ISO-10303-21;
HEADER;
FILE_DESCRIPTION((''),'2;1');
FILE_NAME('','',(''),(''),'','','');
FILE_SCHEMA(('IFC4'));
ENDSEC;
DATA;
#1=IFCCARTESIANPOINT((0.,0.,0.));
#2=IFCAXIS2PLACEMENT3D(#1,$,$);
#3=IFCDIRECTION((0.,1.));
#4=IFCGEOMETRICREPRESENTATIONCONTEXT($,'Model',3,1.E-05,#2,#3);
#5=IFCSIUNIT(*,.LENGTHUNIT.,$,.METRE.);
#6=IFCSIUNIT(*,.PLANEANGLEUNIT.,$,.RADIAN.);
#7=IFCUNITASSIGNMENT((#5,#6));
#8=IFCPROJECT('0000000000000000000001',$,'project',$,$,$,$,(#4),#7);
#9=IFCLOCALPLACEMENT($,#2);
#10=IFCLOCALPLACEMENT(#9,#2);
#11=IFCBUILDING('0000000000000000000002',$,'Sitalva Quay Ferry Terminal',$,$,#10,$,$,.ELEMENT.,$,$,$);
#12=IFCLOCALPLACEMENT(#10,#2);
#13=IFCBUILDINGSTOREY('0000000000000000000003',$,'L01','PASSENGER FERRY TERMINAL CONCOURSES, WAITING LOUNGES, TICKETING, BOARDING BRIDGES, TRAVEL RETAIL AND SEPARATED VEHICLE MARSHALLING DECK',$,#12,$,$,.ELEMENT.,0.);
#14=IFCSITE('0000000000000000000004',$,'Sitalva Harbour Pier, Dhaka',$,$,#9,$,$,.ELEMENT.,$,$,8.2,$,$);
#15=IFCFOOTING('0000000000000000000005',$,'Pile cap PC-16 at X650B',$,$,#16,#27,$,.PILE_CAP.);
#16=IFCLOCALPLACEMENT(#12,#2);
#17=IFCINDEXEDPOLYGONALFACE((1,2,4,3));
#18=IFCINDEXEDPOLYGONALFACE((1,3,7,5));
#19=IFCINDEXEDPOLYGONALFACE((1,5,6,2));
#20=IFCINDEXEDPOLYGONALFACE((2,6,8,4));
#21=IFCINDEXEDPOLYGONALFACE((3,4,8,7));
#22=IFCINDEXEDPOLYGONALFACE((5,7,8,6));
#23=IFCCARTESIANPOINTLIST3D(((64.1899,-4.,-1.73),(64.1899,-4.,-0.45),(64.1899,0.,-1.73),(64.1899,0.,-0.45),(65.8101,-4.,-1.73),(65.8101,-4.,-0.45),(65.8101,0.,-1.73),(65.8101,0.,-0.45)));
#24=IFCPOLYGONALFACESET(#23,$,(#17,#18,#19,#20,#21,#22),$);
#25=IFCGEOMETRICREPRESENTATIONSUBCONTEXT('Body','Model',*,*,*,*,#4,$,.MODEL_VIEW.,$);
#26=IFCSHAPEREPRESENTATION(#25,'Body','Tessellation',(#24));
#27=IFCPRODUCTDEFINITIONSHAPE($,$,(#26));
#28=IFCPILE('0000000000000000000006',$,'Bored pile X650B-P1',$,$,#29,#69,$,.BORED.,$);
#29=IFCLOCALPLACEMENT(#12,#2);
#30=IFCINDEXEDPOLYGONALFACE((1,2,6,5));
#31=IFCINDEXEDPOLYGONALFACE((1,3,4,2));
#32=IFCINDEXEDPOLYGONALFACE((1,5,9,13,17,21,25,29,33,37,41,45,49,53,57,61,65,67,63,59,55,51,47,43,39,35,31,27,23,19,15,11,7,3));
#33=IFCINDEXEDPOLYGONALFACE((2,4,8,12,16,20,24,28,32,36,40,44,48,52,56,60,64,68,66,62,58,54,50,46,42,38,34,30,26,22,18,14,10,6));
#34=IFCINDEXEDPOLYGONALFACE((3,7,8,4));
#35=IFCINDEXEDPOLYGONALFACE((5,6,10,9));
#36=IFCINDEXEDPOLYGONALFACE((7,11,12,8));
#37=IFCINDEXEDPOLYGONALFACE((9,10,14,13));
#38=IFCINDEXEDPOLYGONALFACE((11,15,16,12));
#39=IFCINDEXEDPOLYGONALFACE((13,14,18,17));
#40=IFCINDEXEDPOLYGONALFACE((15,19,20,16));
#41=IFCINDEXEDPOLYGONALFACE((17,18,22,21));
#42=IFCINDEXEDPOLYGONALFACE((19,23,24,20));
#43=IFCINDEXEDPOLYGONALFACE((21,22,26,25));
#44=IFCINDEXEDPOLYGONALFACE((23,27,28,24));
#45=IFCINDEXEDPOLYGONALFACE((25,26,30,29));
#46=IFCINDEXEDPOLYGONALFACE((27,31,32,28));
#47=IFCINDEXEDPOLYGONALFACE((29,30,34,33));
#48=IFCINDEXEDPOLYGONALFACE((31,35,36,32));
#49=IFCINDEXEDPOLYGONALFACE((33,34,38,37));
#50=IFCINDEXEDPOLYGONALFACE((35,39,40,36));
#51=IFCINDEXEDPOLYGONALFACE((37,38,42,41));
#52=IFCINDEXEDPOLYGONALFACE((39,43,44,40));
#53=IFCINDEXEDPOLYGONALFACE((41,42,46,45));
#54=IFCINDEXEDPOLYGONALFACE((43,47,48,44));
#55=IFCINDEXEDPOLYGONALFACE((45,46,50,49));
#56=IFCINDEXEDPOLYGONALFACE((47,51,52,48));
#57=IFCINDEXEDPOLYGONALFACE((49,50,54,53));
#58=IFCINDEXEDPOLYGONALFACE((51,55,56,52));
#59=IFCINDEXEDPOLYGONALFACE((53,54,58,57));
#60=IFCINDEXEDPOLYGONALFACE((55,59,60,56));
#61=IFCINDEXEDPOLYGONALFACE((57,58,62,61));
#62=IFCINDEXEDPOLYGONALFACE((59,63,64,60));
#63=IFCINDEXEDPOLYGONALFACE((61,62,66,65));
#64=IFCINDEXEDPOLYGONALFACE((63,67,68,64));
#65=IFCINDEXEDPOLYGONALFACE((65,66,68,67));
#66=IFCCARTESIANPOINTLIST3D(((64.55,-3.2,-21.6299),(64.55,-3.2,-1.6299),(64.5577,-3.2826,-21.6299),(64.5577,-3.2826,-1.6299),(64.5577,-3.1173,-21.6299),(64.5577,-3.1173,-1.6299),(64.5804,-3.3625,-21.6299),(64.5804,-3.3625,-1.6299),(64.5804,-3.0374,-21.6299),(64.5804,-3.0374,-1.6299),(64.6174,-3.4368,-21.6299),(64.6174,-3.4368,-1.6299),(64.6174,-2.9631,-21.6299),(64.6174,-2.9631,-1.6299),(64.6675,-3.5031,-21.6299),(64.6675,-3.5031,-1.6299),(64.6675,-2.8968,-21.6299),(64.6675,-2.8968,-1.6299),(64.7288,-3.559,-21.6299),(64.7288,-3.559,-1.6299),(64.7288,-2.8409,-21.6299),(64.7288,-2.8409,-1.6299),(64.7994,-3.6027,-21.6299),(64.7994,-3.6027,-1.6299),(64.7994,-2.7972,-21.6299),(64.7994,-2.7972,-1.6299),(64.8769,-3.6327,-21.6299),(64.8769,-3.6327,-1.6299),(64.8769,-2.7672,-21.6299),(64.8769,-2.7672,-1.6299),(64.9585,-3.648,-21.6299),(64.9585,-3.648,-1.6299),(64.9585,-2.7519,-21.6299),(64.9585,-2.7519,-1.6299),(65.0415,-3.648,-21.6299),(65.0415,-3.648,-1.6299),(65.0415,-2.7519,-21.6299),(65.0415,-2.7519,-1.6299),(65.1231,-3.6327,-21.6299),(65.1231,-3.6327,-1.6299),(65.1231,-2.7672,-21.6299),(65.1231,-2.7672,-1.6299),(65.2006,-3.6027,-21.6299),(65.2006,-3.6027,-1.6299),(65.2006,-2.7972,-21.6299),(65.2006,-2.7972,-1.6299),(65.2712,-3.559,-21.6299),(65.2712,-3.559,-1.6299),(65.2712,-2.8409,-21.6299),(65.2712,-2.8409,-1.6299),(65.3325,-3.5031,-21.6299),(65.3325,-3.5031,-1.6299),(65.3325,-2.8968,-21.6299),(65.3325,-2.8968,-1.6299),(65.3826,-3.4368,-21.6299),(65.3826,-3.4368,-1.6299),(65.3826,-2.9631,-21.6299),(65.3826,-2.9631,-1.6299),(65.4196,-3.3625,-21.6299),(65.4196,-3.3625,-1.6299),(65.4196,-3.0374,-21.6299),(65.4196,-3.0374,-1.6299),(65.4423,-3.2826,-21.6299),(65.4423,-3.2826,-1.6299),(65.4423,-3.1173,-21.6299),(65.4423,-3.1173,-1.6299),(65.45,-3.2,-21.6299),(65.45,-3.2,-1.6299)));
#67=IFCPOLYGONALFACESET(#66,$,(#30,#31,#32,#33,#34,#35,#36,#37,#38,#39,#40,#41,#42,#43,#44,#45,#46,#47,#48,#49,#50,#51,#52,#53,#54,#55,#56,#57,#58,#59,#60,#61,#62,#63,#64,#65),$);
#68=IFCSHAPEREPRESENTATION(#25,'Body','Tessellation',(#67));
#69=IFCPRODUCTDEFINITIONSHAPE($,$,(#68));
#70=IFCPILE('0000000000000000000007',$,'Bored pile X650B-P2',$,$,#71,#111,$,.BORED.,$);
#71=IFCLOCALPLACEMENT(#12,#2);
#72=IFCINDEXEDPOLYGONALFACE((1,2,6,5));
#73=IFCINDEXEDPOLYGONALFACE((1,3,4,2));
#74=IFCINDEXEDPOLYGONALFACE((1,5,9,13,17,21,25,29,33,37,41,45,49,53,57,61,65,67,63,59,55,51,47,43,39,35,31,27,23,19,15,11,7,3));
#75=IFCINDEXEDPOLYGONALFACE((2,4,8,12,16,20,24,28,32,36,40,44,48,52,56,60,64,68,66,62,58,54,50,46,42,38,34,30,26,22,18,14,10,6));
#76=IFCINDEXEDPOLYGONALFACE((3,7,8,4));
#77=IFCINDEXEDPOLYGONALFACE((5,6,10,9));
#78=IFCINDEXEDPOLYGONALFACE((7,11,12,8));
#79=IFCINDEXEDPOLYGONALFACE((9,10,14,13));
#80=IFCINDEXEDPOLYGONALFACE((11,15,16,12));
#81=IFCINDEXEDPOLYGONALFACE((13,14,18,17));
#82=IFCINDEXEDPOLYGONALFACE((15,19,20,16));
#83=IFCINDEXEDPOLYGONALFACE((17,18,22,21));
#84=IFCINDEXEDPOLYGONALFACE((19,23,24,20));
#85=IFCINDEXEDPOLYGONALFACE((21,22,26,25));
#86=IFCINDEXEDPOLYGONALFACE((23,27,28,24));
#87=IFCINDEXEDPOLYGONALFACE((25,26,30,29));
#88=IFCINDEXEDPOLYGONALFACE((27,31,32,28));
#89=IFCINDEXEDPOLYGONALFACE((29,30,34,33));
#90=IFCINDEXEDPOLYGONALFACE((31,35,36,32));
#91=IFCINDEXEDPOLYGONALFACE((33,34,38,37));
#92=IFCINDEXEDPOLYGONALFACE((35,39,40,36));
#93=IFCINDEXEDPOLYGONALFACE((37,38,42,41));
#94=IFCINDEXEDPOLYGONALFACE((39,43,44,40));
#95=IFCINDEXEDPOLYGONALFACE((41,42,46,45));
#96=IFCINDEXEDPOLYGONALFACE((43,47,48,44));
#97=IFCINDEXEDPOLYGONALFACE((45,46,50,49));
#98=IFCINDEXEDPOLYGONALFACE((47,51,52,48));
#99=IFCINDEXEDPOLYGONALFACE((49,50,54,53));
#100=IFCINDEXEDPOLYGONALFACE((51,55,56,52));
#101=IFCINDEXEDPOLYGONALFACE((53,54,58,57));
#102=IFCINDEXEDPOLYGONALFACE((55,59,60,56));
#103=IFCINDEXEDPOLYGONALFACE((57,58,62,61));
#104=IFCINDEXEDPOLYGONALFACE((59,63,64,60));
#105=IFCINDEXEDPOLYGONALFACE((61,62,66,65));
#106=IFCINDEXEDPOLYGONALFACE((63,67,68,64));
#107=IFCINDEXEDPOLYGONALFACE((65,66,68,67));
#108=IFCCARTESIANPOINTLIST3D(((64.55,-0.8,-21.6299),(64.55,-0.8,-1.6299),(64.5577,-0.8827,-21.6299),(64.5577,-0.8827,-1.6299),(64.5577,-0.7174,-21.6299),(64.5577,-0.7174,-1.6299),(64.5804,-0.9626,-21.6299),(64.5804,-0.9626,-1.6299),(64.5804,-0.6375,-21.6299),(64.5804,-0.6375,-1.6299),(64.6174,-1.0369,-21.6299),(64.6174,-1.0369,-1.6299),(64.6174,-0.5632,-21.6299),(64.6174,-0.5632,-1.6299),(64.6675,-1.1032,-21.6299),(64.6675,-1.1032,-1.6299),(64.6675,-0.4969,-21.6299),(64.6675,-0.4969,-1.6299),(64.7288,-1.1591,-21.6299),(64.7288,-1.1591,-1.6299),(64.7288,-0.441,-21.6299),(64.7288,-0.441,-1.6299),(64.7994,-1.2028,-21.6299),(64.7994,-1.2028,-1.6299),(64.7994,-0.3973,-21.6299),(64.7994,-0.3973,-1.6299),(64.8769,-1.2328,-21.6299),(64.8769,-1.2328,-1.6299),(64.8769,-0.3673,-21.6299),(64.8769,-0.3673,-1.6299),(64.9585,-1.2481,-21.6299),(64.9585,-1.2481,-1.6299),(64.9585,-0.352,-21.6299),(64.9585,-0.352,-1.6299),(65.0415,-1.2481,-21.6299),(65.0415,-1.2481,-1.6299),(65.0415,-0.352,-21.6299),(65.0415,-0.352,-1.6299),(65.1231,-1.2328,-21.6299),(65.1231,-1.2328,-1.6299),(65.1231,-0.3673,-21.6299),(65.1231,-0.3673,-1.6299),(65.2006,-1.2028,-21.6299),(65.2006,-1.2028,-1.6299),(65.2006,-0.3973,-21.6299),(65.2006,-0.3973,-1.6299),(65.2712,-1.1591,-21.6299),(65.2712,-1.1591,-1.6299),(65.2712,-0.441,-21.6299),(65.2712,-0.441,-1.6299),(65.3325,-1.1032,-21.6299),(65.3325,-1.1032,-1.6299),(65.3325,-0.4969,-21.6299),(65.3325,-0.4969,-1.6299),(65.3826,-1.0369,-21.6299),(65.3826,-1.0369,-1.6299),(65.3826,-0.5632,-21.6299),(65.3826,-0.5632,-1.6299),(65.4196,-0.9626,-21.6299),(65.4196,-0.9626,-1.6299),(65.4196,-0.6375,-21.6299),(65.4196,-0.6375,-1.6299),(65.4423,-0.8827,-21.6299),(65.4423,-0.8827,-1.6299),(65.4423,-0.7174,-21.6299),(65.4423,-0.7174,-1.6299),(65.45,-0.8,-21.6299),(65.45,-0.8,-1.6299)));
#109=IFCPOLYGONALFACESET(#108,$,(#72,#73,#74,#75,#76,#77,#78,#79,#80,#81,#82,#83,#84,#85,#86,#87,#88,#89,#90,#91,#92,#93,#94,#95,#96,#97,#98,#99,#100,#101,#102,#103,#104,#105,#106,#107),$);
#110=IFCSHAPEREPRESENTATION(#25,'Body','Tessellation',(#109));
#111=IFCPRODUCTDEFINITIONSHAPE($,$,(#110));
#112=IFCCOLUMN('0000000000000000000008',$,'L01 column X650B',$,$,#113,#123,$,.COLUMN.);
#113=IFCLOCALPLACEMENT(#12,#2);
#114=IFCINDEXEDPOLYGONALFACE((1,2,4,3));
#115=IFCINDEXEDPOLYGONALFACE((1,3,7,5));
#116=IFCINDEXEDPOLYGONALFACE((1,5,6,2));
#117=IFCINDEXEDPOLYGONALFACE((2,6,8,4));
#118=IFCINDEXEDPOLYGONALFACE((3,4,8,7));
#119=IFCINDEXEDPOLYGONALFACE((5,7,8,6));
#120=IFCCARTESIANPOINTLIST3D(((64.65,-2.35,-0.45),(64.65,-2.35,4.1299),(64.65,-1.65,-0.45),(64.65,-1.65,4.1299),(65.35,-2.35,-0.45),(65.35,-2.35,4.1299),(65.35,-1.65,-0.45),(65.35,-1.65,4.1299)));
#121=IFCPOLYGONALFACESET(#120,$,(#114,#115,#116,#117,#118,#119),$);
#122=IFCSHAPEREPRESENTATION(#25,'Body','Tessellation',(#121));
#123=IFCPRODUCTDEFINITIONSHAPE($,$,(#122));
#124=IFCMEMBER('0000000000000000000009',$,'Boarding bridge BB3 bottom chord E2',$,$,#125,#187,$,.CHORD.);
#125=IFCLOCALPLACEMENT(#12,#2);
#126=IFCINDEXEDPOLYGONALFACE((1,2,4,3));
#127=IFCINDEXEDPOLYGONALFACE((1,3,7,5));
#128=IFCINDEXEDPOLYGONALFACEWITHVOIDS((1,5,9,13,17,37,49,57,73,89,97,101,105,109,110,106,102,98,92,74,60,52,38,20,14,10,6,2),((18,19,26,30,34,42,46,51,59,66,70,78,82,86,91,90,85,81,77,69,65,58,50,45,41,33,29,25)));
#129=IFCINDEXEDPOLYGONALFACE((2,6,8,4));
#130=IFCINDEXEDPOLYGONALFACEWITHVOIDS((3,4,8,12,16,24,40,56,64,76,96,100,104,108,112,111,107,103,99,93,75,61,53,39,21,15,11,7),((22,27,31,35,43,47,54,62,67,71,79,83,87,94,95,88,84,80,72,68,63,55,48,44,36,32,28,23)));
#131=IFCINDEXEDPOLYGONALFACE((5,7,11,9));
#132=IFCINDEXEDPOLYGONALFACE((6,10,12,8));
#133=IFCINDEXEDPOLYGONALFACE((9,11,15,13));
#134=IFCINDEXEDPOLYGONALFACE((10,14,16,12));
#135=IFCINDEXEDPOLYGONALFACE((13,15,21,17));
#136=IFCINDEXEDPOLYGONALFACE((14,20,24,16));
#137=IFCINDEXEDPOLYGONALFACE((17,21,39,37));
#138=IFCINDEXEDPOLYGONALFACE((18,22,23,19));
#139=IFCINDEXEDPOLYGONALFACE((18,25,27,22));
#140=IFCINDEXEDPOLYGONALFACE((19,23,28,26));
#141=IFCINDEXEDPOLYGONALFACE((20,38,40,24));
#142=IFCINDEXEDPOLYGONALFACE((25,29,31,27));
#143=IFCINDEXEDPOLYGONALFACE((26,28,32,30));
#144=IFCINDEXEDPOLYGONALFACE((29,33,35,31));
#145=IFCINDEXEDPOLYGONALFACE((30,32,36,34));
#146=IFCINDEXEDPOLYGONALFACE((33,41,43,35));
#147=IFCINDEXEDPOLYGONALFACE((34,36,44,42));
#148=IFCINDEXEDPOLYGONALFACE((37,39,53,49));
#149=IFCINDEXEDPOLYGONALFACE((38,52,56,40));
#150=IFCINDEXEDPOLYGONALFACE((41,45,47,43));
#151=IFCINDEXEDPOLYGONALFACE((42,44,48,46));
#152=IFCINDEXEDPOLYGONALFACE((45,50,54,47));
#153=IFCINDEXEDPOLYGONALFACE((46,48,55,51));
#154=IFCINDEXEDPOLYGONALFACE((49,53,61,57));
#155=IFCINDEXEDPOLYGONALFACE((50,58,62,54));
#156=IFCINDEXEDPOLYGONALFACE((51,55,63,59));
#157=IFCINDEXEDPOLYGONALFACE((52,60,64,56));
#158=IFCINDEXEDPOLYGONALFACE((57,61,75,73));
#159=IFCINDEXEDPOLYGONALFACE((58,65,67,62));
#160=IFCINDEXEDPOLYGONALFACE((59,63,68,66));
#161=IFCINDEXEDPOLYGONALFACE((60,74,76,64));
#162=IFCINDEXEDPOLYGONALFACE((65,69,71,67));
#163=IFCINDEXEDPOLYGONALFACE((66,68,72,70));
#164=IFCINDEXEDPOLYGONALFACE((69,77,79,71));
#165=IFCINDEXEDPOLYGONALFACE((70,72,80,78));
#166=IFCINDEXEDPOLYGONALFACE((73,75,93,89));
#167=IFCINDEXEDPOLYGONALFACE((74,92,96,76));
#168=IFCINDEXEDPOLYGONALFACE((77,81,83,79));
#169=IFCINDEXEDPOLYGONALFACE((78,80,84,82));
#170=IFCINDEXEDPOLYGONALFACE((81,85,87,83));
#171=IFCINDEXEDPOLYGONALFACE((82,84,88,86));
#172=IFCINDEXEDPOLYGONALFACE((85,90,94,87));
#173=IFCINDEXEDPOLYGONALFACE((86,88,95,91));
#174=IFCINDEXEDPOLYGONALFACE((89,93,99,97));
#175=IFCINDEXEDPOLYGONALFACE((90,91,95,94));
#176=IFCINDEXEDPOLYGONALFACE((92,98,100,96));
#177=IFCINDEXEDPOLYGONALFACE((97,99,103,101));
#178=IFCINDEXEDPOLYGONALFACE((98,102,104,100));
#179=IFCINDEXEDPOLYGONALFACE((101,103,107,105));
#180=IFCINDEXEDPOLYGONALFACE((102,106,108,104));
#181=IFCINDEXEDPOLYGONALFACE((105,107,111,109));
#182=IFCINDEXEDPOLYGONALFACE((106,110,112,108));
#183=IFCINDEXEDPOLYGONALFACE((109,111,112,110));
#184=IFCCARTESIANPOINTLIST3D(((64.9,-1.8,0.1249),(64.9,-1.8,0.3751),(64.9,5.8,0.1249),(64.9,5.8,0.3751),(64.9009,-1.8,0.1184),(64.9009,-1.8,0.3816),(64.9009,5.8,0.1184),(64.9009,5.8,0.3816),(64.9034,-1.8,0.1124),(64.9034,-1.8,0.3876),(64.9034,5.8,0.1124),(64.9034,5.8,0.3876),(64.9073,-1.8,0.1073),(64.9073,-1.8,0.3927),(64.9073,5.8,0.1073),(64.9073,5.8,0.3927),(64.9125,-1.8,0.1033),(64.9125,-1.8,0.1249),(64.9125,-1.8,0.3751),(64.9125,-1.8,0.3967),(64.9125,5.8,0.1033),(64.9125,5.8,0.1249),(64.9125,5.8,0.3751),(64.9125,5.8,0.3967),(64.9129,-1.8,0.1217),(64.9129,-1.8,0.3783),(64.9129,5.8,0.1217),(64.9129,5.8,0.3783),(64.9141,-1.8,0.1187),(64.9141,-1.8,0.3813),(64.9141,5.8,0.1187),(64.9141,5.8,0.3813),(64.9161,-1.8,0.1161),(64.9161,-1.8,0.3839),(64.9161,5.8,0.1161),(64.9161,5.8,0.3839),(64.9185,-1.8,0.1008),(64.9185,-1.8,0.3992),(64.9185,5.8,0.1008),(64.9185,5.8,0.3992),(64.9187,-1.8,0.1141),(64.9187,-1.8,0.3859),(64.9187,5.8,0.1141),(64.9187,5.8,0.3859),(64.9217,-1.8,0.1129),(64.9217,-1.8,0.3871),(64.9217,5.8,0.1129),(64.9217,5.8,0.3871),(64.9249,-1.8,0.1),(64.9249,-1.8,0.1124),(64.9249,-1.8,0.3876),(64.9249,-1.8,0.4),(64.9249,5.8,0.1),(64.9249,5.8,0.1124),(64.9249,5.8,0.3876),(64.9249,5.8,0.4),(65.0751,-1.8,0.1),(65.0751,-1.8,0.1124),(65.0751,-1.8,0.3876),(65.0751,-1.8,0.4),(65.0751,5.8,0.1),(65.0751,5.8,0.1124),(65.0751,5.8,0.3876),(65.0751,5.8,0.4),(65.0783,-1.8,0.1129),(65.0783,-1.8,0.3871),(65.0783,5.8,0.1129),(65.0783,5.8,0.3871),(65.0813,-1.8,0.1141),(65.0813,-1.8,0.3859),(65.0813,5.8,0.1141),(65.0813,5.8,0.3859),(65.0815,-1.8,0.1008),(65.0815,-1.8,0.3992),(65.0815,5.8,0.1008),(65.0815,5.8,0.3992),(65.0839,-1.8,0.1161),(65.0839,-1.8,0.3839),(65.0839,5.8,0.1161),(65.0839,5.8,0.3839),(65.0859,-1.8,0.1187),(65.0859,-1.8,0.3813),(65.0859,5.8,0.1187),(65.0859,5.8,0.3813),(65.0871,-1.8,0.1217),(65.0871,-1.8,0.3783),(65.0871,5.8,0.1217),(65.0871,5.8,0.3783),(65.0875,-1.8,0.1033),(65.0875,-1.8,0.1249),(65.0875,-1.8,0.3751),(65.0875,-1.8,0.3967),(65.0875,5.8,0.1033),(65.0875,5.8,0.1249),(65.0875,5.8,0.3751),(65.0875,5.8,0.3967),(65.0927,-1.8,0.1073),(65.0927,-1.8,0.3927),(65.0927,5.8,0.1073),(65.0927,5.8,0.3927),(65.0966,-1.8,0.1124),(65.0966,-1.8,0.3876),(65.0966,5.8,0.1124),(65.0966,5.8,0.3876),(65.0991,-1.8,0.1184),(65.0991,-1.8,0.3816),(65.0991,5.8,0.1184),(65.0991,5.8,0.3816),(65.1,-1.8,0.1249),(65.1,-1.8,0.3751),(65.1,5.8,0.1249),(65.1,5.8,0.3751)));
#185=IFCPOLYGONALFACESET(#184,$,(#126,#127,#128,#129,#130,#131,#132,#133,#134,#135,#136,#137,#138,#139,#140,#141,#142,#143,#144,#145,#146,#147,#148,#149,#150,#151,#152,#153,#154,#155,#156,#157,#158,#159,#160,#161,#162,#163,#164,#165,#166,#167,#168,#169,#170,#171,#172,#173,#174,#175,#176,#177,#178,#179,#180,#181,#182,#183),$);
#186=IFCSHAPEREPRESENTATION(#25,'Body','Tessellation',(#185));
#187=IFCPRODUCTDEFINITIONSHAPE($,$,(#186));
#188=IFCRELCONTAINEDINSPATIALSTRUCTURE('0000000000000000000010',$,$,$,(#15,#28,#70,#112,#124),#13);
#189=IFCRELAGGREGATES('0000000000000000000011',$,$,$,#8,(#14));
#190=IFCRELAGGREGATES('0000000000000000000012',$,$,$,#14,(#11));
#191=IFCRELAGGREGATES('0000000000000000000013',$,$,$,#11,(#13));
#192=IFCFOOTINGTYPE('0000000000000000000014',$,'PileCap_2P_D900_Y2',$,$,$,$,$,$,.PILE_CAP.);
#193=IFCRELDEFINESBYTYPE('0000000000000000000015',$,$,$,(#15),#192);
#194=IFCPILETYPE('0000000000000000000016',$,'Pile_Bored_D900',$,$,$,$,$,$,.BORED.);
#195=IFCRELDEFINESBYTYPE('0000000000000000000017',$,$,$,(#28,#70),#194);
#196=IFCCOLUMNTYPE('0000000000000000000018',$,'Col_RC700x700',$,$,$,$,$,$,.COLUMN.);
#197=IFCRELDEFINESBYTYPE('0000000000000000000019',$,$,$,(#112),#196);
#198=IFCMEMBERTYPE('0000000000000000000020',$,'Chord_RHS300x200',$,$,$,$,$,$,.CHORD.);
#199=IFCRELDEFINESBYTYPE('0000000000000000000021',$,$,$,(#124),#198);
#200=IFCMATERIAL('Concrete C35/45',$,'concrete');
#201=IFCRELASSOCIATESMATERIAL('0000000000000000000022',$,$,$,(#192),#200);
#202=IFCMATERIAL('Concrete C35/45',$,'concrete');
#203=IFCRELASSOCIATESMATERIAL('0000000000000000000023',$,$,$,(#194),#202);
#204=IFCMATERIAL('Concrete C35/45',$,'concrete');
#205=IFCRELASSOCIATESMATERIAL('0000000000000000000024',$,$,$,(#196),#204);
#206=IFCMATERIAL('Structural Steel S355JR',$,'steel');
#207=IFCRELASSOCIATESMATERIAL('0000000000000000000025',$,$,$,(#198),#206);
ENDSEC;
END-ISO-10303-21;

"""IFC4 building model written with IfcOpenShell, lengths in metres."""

from ifc_helpers import new_model, si_unit, direction, frame, origin, origin_2d, place, context, subcontext, project, spatial, rectangle, hollow_rectangle, circle, extrude, material, material_profile, profile_set, type_object, element, save


model = new_model("IFC4")

# Units and contexts
model_context = context("Model", 3, precision=1e-05, world=origin(), true_north=direction((0.0, 1.0)))
body_context = subcontext(model_context, "Body", "Model", "MODEL_VIEW")
ifc_project = project(units=[si_unit("LENGTHUNIT", "METRE"), si_unit("PLANEANGLEUNIT", "RADIAN")], contexts=[model_context])

# Site, building, storey
site_placement = place(None, origin())
site = spatial("IfcSite", under=ifc_project, at=site_placement, Name="Sitalva Harbour Pier, Dhaka", CompositionType="ELEMENT", RefElevation=8.2)
building_placement = place(site_placement, origin())
building = spatial("IfcBuilding", under=site, at=building_placement, Name="Sitalva Quay Ferry Terminal", CompositionType="ELEMENT")
storey_placement = place(building_placement, origin())
storey = spatial("IfcBuildingStorey", under=building, at=storey_placement, Name="L01", Description="PASSENGER FERRY TERMINAL CONCOURSES, WAITING LOUNGES, TICKETING, BOARDING BRIDGES, TRAVEL RETAIL AND SEPARATED VEHICLE MARSHALLING DECK", CompositionType="ELEMENT", Elevation=0.0)

# Footing
ifc_material_1 = material(Name="Concrete C35/45", Category="concrete")
footing_type = type_object("IfcFootingType", Name="PileCap_2P_D900_Y2", PredefinedType="PILE_CAP", material=ifc_material_1)
footing_placement = place(storey_placement, frame((65.0, -2.0, -1.73), z_axis=(0.0, 0.0, 1.0), x_axis=(1.0, 0.0, 0.0)))
element("IfcFooting", 1, at=footing_placement, inside=storey, type_object=footing_type, Name="Pile cap PC-16 at X650B", PredefinedType="PILE_CAP", context=body_context, shape_type="SweptSolid", body=[
    extrude(rectangle(XDim=1.6201, YDim=4.0, at=origin_2d()), origin(), (0.0, 0.0, 1.0), 1.28),
])

# Piles
ifc_material_2 = material(Name="Concrete C35/45", Category="concrete")
ifc_material_profile_1 = material_profile(ifc_material_2, circle(Radius=0.45, at=origin_2d()), Name="PILE-D900")
ifc_profile_set_1 = profile_set([ifc_material_profile_1], Name="Concrete C35/45")
pile_type = type_object("IfcPileType", Name="Pile_Bored_D900", PredefinedType="BORED", material=ifc_profile_set_1)
for number, where, z_axis, x_axis, name in (
    (2, (65.0, -3.2, -1.6299), (0.0, 0.0, -1.0), (1.0, 0.0, 0.0), "Bored pile X650B-P1"),
    (3, (65.0, -0.8, -1.6299), (0.0, 0.0, -1.0), (1.0, 0.0, 0.0), "Bored pile X650B-P2"),
):
    element("IfcPile", number, at=place(storey_placement, frame(where, z_axis=z_axis, x_axis=x_axis)), inside=storey, type_object=pile_type, Name=name, PredefinedType="BORED", context=body_context, shape_type="SweptSolid", body=[
        extrude(circle(Radius=0.45, at=origin_2d()), origin(), (0.0, 0.0, 1.0), 20.0),
    ])

# Column
ifc_material_3 = material(Name="Concrete C35/45", Category="concrete")
ifc_material_profile_2 = material_profile(ifc_material_3, rectangle(XDim=0.7, YDim=0.7, at=origin_2d()), Name="RC700x700")
ifc_profile_set_2 = profile_set([ifc_material_profile_2], Name="Concrete C35/45")
column_type = type_object("IfcColumnType", Name="Col_RC700x700", PredefinedType="COLUMN", material=ifc_profile_set_2)
column_placement = place(storey_placement, frame((65.0, -2.0, -0.45), z_axis=(0.0, 0.0, 1.0), x_axis=(1.0, 0.0, 0.0)))
element("IfcColumn", 4, at=column_placement, inside=storey, type_object=column_type, Name="L01 column X650B", PredefinedType="COLUMN", context=body_context, shape_type="SweptSolid", body=[
    extrude(rectangle(XDim=0.7, YDim=0.7, at=origin_2d()), origin(), (0.0, 0.0, 1.0), 4.5798),
])

# Member
ifc_material_4 = material(Name="Structural Steel S355JR", Category="steel")
ifc_material_profile_3 = material_profile(ifc_material_4, hollow_rectangle(XDim=0.2, YDim=0.3, WallThickness=0.0125, InnerFilletRadius=0.0125, OuterFilletRadius=0.0249, at=origin_2d()), Name="RHS300x200x12.5")
ifc_profile_set_3 = profile_set([ifc_material_profile_3], Name="Structural Steel S355JR")
member_type_1 = type_object("IfcMemberType", Name="Chord_RHS300x200", PredefinedType="CHORD", material=ifc_profile_set_3)
member_1_placement = place(storey_placement, frame((65.0, -1.8, 0.25), z_axis=(0.0, 1.0, 0.0), x_axis=(-1.0, 0.0, 0.0)))
element("IfcMember", 5, at=member_1_placement, inside=storey, type_object=member_type_1, Name="Boarding bridge BB3 bottom chord E2", PredefinedType="CHORD", context=body_context, shape_type="SweptSolid", body=[
    extrude(hollow_rectangle(XDim=0.2, YDim=0.3, WallThickness=0.0125, InnerFilletRadius=0.0125, OuterFilletRadius=0.0249, at=origin_2d()), origin(), (0.0, 0.0, 1.0), 7.6001),
])

save(model, "model.ifc")
